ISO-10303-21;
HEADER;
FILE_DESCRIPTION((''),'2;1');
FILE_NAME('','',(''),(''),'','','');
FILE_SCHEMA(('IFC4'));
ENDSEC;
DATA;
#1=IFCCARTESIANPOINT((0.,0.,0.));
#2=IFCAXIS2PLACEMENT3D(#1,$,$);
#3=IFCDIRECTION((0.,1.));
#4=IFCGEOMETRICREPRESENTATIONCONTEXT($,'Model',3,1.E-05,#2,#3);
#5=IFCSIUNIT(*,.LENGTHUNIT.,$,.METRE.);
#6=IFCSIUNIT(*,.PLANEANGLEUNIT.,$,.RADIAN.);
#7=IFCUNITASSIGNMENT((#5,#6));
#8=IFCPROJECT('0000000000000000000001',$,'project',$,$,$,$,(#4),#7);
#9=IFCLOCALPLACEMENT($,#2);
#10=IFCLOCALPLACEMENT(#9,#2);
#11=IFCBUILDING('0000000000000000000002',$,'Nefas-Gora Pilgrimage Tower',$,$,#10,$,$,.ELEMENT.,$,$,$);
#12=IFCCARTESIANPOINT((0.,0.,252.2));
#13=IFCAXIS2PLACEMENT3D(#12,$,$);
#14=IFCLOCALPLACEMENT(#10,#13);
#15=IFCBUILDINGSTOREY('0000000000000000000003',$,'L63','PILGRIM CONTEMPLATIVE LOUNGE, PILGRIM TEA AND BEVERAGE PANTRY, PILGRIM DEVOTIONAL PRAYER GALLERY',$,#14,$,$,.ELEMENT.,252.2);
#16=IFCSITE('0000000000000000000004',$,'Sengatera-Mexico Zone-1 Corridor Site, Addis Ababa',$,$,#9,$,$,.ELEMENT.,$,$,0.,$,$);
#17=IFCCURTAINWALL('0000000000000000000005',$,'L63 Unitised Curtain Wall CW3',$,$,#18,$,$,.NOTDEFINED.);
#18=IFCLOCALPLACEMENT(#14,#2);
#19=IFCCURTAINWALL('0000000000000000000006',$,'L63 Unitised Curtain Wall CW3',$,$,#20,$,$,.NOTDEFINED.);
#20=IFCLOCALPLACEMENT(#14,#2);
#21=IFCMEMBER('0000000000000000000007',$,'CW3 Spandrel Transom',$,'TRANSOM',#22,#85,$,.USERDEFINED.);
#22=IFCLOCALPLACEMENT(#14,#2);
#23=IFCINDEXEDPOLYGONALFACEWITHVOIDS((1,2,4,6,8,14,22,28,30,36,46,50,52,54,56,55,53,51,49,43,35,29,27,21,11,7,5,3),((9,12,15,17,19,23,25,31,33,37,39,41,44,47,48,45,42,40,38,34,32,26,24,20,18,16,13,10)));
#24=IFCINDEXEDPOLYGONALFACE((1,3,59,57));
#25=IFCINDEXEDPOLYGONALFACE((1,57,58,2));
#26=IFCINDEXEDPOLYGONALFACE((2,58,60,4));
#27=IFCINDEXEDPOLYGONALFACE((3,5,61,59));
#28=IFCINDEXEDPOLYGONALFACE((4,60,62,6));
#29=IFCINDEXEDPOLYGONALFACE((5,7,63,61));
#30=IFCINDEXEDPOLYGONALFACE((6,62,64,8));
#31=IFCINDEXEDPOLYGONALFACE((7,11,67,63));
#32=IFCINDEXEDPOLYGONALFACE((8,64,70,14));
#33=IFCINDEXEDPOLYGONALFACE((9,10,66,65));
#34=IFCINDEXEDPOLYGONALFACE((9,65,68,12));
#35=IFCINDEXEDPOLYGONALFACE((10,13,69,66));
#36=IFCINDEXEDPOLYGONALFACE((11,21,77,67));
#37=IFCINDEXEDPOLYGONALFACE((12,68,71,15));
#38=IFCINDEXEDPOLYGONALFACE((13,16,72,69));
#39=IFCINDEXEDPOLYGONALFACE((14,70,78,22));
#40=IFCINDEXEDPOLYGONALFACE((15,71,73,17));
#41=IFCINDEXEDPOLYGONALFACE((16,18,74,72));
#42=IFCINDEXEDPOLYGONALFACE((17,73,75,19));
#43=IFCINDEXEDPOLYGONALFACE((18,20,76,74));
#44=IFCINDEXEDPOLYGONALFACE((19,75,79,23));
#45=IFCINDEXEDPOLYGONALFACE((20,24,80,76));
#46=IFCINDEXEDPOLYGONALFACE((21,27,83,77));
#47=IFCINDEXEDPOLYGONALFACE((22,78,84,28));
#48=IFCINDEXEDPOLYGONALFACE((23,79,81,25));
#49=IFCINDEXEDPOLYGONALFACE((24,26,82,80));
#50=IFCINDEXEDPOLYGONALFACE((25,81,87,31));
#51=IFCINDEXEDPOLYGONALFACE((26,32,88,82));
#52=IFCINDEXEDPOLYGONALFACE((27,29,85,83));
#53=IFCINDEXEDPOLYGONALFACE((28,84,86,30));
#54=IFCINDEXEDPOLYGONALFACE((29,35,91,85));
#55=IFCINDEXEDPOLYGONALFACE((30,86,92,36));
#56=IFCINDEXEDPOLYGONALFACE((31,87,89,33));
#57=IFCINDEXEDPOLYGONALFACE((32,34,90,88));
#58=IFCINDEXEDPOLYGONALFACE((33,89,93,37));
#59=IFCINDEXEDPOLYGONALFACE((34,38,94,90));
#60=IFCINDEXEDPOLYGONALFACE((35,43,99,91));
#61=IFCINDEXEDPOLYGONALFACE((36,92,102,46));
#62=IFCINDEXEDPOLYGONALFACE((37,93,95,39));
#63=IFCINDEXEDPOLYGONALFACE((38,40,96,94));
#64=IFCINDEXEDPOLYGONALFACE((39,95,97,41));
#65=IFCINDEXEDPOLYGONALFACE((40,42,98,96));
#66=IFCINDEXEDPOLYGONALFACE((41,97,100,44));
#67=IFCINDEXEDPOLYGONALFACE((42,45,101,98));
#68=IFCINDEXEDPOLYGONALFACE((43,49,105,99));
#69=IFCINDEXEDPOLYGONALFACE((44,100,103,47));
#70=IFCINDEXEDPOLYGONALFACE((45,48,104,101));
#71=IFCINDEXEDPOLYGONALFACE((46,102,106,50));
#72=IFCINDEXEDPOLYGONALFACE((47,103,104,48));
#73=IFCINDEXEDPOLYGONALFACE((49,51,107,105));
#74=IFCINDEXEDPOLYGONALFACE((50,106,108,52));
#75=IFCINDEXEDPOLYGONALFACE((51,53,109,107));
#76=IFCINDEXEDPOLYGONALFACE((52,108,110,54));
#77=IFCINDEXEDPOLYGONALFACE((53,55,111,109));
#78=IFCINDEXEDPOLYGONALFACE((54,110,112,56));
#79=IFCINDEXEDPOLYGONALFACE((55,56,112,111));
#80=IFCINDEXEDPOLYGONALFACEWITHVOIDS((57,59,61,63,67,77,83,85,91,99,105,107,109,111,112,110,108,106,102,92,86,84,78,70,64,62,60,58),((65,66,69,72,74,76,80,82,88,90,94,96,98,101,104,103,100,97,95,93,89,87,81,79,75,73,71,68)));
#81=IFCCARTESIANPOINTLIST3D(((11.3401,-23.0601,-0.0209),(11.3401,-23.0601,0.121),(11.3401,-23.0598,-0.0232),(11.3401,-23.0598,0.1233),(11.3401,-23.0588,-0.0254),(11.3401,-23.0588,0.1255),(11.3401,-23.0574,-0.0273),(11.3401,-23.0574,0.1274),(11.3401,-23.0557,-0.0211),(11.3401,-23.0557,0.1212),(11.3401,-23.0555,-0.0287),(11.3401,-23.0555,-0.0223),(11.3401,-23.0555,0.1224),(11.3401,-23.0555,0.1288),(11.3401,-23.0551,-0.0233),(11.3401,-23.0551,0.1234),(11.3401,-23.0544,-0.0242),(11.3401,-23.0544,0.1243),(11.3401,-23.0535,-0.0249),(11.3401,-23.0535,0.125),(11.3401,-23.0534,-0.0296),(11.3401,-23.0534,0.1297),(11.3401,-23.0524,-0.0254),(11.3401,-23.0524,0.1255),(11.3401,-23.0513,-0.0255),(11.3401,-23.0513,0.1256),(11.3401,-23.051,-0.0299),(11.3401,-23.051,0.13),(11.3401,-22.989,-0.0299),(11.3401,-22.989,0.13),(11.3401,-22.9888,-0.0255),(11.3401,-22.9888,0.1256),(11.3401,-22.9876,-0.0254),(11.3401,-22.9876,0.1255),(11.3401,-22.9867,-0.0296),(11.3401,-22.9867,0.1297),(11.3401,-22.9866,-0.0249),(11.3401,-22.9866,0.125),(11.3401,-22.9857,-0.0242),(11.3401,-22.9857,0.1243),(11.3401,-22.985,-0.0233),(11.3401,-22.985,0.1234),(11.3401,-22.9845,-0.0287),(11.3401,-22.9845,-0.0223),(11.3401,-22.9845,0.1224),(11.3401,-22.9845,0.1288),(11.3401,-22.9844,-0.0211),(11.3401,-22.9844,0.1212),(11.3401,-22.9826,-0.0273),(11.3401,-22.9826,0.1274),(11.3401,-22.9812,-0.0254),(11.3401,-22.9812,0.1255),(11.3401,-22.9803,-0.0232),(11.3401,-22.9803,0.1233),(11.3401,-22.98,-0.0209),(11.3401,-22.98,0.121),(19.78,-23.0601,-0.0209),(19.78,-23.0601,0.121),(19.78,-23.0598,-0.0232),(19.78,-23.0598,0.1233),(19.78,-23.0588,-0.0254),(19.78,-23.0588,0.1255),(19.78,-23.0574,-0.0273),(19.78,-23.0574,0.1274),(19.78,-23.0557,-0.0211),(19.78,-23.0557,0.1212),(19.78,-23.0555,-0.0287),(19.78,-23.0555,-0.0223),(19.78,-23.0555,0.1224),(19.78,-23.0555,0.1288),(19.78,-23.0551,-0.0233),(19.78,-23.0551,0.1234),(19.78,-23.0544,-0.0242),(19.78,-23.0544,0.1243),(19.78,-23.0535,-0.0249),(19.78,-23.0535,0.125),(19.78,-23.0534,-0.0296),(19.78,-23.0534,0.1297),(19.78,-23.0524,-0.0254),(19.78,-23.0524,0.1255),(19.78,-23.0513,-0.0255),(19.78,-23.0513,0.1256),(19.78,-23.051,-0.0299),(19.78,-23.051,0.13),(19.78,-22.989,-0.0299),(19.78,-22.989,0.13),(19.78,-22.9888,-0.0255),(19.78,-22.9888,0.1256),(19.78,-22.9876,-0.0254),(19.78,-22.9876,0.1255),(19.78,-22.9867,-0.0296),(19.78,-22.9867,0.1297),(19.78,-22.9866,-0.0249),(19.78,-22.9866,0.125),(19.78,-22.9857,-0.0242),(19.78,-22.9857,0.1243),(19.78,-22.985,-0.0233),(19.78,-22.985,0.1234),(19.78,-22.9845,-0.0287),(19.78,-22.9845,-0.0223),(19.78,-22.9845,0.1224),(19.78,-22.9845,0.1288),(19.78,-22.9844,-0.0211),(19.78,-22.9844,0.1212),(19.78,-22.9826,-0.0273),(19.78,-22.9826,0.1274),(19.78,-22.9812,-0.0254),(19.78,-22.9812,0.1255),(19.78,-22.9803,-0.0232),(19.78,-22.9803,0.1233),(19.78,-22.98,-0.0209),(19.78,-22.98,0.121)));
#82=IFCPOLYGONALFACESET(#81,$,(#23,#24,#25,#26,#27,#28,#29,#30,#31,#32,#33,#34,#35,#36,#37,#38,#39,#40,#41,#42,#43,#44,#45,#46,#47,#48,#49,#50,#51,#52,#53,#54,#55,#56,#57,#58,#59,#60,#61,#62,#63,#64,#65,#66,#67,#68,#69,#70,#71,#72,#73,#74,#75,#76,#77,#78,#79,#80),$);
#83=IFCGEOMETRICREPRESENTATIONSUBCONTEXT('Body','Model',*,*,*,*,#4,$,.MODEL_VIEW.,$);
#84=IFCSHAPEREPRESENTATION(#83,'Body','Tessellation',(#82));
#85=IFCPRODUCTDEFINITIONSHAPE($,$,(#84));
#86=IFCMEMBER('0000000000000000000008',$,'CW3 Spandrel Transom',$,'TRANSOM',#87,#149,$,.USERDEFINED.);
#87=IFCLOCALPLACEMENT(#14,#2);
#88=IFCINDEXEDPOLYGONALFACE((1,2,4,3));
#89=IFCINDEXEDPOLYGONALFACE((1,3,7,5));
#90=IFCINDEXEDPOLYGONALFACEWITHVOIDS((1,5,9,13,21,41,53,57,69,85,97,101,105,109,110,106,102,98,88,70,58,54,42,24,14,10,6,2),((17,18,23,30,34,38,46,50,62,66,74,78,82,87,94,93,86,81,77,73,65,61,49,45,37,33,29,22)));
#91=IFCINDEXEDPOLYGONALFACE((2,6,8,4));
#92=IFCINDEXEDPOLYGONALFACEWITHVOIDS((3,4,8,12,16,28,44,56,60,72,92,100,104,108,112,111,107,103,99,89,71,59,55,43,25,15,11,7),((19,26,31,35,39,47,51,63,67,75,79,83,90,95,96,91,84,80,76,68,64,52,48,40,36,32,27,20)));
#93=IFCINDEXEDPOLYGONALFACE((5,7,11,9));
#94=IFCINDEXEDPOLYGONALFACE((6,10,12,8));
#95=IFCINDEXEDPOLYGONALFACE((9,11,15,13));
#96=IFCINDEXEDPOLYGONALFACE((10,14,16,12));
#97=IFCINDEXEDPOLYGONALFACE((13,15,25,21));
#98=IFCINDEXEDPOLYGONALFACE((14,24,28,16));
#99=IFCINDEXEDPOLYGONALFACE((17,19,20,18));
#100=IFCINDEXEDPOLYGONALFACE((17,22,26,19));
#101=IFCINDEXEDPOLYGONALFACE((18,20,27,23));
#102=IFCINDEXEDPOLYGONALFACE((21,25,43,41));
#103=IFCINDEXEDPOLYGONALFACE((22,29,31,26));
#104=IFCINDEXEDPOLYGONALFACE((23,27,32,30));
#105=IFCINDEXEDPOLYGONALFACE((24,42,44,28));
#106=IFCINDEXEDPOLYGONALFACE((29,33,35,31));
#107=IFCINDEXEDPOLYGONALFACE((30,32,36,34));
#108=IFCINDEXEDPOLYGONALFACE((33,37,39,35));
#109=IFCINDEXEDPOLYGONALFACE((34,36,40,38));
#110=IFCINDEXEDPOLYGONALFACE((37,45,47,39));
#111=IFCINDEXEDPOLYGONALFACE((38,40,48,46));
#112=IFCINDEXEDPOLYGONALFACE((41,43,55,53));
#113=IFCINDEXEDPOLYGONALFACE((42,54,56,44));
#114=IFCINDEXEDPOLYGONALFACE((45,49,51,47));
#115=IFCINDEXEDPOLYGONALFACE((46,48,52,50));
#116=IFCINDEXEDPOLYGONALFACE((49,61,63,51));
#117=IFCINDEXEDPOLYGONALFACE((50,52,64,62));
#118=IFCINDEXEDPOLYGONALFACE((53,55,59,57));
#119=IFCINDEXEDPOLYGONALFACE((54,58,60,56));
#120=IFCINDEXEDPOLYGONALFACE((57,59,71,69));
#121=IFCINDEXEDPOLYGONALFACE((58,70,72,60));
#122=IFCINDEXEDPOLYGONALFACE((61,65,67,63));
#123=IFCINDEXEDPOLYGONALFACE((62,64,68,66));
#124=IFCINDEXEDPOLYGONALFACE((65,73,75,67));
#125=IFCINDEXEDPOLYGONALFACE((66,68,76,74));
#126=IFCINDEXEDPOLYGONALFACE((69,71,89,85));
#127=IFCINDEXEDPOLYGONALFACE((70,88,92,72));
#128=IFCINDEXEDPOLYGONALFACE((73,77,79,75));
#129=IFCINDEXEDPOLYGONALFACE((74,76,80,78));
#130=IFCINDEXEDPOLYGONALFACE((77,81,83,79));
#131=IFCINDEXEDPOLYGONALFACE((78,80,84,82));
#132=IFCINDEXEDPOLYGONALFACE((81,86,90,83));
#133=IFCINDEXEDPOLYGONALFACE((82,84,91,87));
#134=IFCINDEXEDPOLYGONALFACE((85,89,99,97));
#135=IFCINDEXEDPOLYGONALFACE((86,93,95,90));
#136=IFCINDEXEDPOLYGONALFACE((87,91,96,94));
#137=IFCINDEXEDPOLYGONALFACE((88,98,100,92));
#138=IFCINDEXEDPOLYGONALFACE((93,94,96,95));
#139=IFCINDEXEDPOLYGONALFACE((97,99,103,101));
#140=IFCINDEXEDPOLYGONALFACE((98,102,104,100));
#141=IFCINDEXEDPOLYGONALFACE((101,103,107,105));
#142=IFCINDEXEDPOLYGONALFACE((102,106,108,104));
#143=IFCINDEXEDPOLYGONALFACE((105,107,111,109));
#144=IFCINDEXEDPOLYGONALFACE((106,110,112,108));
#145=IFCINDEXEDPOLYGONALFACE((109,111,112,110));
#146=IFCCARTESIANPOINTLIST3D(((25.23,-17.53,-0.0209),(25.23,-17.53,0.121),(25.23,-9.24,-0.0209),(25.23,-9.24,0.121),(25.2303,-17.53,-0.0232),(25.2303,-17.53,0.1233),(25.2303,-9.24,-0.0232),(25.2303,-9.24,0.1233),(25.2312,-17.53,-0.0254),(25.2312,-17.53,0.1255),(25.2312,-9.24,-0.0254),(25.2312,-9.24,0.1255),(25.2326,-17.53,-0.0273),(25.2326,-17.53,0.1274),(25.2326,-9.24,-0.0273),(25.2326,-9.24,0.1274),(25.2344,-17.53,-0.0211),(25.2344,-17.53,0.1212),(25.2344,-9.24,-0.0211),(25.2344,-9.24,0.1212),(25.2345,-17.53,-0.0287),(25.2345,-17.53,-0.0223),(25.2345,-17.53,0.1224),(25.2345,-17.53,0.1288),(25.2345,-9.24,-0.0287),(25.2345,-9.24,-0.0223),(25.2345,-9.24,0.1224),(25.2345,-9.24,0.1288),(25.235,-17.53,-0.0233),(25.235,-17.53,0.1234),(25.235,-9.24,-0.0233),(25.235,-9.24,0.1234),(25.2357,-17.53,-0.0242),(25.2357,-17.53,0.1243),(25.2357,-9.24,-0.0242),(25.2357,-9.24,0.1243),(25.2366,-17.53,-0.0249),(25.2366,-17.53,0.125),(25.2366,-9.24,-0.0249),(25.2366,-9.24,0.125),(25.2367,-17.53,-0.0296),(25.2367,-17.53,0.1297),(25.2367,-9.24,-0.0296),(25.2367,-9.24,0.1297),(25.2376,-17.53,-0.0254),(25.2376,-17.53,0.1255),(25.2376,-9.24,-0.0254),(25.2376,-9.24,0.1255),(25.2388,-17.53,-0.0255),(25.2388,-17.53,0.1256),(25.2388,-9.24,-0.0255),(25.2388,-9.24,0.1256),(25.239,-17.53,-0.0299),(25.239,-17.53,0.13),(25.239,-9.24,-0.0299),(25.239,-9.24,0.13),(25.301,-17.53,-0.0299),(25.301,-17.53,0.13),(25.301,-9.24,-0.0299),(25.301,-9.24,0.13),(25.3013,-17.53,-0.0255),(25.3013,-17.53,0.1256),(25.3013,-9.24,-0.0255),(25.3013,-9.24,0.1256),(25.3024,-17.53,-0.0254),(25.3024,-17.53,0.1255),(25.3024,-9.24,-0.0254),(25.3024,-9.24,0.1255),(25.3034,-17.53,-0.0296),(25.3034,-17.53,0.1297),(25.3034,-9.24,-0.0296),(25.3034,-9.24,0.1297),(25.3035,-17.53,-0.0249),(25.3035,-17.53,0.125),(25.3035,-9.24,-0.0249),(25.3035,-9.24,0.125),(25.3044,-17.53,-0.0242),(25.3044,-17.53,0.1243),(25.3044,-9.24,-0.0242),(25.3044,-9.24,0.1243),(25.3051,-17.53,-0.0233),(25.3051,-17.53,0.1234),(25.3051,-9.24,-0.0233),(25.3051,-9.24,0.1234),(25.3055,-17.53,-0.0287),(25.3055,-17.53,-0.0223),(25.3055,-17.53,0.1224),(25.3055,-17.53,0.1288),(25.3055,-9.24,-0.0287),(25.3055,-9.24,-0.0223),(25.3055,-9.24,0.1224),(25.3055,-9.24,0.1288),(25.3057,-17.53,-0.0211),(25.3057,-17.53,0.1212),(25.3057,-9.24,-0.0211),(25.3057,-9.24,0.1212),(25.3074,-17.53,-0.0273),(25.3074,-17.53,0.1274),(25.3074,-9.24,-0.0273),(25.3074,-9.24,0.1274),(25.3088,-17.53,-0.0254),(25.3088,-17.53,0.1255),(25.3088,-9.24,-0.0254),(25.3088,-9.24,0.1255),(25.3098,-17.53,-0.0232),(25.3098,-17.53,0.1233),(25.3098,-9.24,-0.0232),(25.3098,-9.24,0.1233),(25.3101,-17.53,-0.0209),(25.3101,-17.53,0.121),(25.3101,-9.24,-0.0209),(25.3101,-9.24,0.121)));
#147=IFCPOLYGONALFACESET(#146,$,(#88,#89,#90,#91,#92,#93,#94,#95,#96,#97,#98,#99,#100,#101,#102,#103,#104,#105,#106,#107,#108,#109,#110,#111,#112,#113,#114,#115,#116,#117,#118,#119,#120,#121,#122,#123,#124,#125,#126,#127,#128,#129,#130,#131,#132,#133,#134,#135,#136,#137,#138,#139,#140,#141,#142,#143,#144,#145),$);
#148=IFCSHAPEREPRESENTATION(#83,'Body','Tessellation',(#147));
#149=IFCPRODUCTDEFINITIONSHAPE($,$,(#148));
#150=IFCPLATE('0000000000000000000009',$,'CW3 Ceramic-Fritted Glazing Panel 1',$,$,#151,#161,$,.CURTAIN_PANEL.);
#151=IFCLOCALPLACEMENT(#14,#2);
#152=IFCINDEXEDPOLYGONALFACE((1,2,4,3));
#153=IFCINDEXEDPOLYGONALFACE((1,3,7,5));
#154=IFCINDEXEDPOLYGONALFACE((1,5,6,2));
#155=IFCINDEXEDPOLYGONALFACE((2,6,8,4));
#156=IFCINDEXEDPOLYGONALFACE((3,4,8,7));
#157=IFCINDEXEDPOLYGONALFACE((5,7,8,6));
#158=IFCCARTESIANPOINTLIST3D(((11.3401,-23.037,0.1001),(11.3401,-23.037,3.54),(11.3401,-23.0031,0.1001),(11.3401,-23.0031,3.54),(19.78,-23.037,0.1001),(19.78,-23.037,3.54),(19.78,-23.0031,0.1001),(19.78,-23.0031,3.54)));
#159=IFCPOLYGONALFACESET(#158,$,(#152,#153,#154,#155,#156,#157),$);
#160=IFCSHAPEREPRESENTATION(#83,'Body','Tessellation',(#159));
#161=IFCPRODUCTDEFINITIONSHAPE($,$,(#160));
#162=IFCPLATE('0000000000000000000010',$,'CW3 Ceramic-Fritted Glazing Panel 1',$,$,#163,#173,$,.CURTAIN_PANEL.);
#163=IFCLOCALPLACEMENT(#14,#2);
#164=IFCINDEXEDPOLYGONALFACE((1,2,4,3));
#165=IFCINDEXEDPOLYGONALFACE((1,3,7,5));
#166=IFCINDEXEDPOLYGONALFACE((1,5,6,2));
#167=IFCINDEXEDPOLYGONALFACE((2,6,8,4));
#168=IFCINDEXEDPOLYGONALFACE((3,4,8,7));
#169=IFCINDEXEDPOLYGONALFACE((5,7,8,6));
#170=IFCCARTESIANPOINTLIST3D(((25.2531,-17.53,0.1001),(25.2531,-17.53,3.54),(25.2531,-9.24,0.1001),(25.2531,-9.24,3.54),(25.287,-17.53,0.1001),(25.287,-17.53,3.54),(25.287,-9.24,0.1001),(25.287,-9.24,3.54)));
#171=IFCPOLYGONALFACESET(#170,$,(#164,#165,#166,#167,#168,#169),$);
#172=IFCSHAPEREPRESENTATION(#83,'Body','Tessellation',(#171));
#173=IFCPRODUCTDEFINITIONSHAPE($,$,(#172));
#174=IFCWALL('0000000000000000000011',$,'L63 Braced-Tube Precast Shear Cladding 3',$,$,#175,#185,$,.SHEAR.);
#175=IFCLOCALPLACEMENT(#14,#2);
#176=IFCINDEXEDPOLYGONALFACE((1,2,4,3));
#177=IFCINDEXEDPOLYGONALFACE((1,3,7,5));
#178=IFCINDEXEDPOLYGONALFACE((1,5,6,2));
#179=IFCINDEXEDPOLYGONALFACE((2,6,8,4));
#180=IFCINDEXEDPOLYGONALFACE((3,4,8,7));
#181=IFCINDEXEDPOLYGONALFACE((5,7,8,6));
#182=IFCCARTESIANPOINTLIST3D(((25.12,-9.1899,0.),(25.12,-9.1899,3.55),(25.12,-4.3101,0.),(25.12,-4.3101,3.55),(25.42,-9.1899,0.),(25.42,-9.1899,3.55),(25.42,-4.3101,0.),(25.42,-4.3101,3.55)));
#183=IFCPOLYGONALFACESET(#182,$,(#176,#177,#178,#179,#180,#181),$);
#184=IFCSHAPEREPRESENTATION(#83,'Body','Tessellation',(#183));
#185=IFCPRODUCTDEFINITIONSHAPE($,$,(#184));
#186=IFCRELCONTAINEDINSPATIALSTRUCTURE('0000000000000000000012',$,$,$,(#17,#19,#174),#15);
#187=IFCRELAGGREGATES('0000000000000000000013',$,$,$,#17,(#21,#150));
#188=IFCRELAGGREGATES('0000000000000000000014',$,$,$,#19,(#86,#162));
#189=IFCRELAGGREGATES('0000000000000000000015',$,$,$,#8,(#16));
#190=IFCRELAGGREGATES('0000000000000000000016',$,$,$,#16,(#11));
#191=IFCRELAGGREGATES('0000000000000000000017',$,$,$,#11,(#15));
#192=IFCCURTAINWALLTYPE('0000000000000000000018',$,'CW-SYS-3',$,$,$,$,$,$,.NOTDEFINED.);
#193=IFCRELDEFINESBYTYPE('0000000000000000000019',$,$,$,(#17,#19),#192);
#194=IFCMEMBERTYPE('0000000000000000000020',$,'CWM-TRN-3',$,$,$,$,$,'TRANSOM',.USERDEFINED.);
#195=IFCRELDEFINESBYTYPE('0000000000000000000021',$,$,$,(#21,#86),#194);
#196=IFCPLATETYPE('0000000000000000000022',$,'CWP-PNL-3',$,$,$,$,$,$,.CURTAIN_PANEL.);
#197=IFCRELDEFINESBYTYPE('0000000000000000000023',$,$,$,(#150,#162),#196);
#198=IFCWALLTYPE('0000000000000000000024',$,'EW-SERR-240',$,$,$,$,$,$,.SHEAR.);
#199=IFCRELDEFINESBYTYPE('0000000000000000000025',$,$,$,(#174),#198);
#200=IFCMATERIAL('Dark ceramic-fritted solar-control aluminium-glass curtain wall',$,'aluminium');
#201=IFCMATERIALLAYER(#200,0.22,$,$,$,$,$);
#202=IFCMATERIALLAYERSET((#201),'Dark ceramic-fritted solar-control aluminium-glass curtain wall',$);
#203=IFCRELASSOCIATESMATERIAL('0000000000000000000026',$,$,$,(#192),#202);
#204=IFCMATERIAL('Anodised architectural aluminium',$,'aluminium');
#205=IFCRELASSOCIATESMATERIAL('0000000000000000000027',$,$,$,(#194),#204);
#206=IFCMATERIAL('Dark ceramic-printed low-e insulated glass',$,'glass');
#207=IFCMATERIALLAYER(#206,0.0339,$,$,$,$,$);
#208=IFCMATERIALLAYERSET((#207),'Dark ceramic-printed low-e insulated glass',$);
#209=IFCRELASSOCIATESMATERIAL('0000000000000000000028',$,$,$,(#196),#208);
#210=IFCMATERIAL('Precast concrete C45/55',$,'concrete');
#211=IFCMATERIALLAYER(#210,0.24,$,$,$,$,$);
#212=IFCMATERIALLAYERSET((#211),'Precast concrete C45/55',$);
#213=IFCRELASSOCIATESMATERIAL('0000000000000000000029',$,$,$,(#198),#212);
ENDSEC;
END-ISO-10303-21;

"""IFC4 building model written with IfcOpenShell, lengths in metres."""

from ifc_helpers import new_model, si_unit, direction, frame, frame_2d, origin, origin_2d, place, context, subcontext, project, spatial, rectangle, hollow_rectangle, extrude, source, transform, mapped, material, layer, layer_set, material_profile, profile_set, type_object, element, aggregate, save


model = new_model("IFC4")

# Units and contexts
model_context = context("Model", 3, precision=1e-05, world=origin(), true_north=direction((0.0, 1.0)))
body_context = subcontext(model_context, "Body", "Model", "MODEL_VIEW")
ifc_project = project(units=[si_unit("LENGTHUNIT", "METRE"), si_unit("PLANEANGLEUNIT", "RADIAN")], contexts=[model_context])

# Site, building, storey
site_placement = place(None, origin())
site = spatial("IfcSite", under=ifc_project, at=site_placement, Name="Sengatera-Mexico Zone-1 Corridor Site, Addis Ababa", CompositionType="ELEMENT", RefElevation=0.0)
building_placement = place(site_placement, origin())
building = spatial("IfcBuilding", under=site, at=building_placement, Name="Nefas-Gora Pilgrimage Tower", CompositionType="ELEMENT")
storey_placement = place(building_placement, frame((0.0, 0.0, 252.2)))
storey = spatial("IfcBuildingStorey", under=building, at=storey_placement, Name="L63", Description="PILGRIM CONTEMPLATIVE LOUNGE, PILGRIM TEA AND BEVERAGE PANTRY, PILGRIM DEVOTIONAL PRAYER GALLERY", CompositionType="ELEMENT", Elevation=252.2)

# Curtain wall
ifc_material_1 = material(Name="Dark ceramic-fritted solar-control aluminium-glass curtain wall", Category="aluminium")
ifc_layer_1 = layer(ifc_material_1, 0.22)
ifc_layer_set_1 = layer_set([ifc_layer_1], Name="Dark ceramic-fritted solar-control aluminium-glass curtain wall")
curtain_wall_type = type_object("IfcCurtainWallType", Name="CW-SYS-3", PredefinedType="NOTDEFINED", material=ifc_layer_set_1)
curtain_wall_1_placement = place(storey_placement, origin())
curtain_wall_1 = element("IfcCurtainWall", 1, at=curtain_wall_1_placement, inside=storey, type_object=curtain_wall_type, Name="L63 Unitised Curtain Wall CW3", PredefinedType="NOTDEFINED")
ifc_material_2 = material(Name="Anodised architectural aluminium", Category="aluminium")

# Curtain wall
curtain_wall_2_placement = place(storey_placement, origin())
curtain_wall_2 = element("IfcCurtainWall", 2, at=curtain_wall_2_placement, inside=storey, type_object=curtain_wall_type, Name="L63 Unitised Curtain Wall CW3", PredefinedType="NOTDEFINED")

# Members
ifc_material_profile_1 = material_profile(ifc_material_2, hollow_rectangle(XDim=0.0801, YDim=0.1599, WallThickness=0.0044, InnerFilletRadius=0.0044, OuterFilletRadius=0.009, at=origin_2d()), Name="ALU TRANSOM 80x160")
ifc_profile_set_1 = profile_set([ifc_material_profile_1], Name="Anodised architectural aluminium")
member_type_1 = type_object("IfcMemberType", Name="CWM-TRN-3", ElementType="TRANSOM", PredefinedType="USERDEFINED", material=ifc_profile_set_1)
shared_shape_1 = source(origin(), body_context, "Body", "SweptSolid", [
    extrude(hollow_rectangle(XDim=0.0801, YDim=0.1599, WallThickness=0.0044, InnerFilletRadius=0.0044, OuterFilletRadius=0.009, at=origin_2d()), origin(), (0.0, 0.0, 1.0), 8.4399),
])
member_1_placement = place(storey_placement, frame((11.3401, -23.02, 0.05), z_axis=(1.0, 0.0, 0.0), x_axis=(0.0, 1.0, 0.0)))
member_1 = element("IfcMember", 3, at=member_1_placement, type_object=member_type_1, Name="CW3 Spandrel Transom", ObjectType="TRANSOM", PredefinedType="USERDEFINED", context=body_context, shape_type="MappedRepresentation", body=[
    mapped(shared_shape_1, transform((0.0, 0.0, 0.0), x_axis=(1.0, 0.0, 0.0), y_axis=(0.0, 1.0, 0.0), z_axis=(0.0, 0.0, 1.0), scale=1.0)),
])
shared_shape_2 = source(origin(), body_context, "Body", "SweptSolid", [
    extrude(hollow_rectangle(XDim=0.0801, YDim=0.1599, WallThickness=0.0044, InnerFilletRadius=0.0044, OuterFilletRadius=0.009, at=origin_2d()), origin(), (0.0, 0.0, 1.0), 8.29),
])
member_2_placement = place(storey_placement, frame((25.27, -17.53, 0.05), z_axis=(0.0, 1.0, 0.0), x_axis=(-1.0, 0.0, 0.0)))
member_2 = element("IfcMember", 4, at=member_2_placement, type_object=member_type_1, Name="CW3 Spandrel Transom", ObjectType="TRANSOM", PredefinedType="USERDEFINED", context=body_context, shape_type="MappedRepresentation", body=[
    mapped(shared_shape_2, transform((0.0, 0.0, 0.0), x_axis=(1.0, 0.0, 0.0), y_axis=(0.0, 1.0, 0.0), z_axis=(0.0, 0.0, 1.0), scale=1.0)),
])

# Plates
ifc_material_3 = material(Name="Dark ceramic-printed low-e insulated glass", Category="glass")
ifc_layer_2 = layer(ifc_material_3, 0.0339)
ifc_layer_set_2 = layer_set([ifc_layer_2], Name="Dark ceramic-printed low-e insulated glass")
plate_type = type_object("IfcPlateType", Name="CWP-PNL-3", PredefinedType="CURTAIN_PANEL", material=ifc_layer_set_2)
shared_shape_3 = source(origin(), body_context, "Body", "SweptSolid", [
    extrude(rectangle(XDim=8.4399, YDim=0.0339, at=origin_2d()), origin(), (0.0, 0.0, 1.0), 3.4399),
])
plate_1_placement = place(storey_placement, frame((15.5601, -23.02, 0.1001), z_axis=(0.0, 0.0, 1.0), x_axis=(1.0, 0.0, 0.0)))
plate_1 = element("IfcPlate", 5, at=plate_1_placement, type_object=plate_type, Name="CW3 Ceramic-Fritted Glazing Panel 1", PredefinedType="CURTAIN_PANEL", context=body_context, shape_type="MappedRepresentation", body=[
    mapped(shared_shape_3, transform((0.0, 0.0, 0.0), x_axis=(1.0, 0.0, 0.0), y_axis=(0.0, 1.0, 0.0), z_axis=(0.0, 0.0, 1.0), scale=1.0)),
])
aggregate(curtain_wall_1, [member_1, plate_1])
shared_shape_4 = source(origin(), body_context, "Body", "SweptSolid", [
    extrude(rectangle(XDim=8.29, YDim=0.0339, at=origin_2d()), origin(), (0.0, 0.0, 1.0), 3.4399),
])
plate_2_placement = place(storey_placement, frame((25.27, -13.385, 0.1001), z_axis=(0.0, 0.0, 1.0), x_axis=(0.0, 1.0, 0.0)))
plate_2 = element("IfcPlate", 6, at=plate_2_placement, type_object=plate_type, Name="CW3 Ceramic-Fritted Glazing Panel 1", PredefinedType="CURTAIN_PANEL", context=body_context, shape_type="MappedRepresentation", body=[
    mapped(shared_shape_4, transform((0.0, 0.0, 0.0), x_axis=(1.0, 0.0, 0.0), y_axis=(0.0, 1.0, 0.0), z_axis=(0.0, 0.0, 1.0), scale=1.0)),
])
aggregate(curtain_wall_2, [member_2, plate_2])

# Wall
ifc_material_4 = material(Name="Precast concrete C45/55", Category="concrete")
ifc_layer_3 = layer(ifc_material_4, 0.24)
ifc_layer_set_3 = layer_set([ifc_layer_3], Name="Precast concrete C45/55")
wall_type_1 = type_object("IfcWallType", Name="EW-SERR-240", PredefinedType="SHEAR", material=ifc_layer_set_3)
shared_shape_5 = source(origin(), body_context, "Body", "SweptSolid", [
    extrude(rectangle(XDim=4.8799, YDim=0.3, at=frame_2d((2.4399, 0.0))), origin(), (0.0, 0.0, 1.0), 3.55),
])
wall_1_placement = place(storey_placement, frame((25.27, -9.1899, 0.0), z_axis=(0.0, 0.0, 1.0), x_axis=(0.0, 1.0, 0.0)))
element("IfcWall", 7, at=wall_1_placement, inside=storey, type_object=wall_type_1, Name="L63 Braced-Tube Precast Shear Cladding 3", PredefinedType="SHEAR", context=body_context, shape_type="MappedRepresentation", body=[
    mapped(shared_shape_5, transform((0.0, 0.0, 0.0), x_axis=(1.0, 0.0, 0.0), y_axis=(0.0, 1.0, 0.0), z_axis=(0.0, 0.0, 1.0), scale=1.0)),
])

save(model, "model.ifc")
